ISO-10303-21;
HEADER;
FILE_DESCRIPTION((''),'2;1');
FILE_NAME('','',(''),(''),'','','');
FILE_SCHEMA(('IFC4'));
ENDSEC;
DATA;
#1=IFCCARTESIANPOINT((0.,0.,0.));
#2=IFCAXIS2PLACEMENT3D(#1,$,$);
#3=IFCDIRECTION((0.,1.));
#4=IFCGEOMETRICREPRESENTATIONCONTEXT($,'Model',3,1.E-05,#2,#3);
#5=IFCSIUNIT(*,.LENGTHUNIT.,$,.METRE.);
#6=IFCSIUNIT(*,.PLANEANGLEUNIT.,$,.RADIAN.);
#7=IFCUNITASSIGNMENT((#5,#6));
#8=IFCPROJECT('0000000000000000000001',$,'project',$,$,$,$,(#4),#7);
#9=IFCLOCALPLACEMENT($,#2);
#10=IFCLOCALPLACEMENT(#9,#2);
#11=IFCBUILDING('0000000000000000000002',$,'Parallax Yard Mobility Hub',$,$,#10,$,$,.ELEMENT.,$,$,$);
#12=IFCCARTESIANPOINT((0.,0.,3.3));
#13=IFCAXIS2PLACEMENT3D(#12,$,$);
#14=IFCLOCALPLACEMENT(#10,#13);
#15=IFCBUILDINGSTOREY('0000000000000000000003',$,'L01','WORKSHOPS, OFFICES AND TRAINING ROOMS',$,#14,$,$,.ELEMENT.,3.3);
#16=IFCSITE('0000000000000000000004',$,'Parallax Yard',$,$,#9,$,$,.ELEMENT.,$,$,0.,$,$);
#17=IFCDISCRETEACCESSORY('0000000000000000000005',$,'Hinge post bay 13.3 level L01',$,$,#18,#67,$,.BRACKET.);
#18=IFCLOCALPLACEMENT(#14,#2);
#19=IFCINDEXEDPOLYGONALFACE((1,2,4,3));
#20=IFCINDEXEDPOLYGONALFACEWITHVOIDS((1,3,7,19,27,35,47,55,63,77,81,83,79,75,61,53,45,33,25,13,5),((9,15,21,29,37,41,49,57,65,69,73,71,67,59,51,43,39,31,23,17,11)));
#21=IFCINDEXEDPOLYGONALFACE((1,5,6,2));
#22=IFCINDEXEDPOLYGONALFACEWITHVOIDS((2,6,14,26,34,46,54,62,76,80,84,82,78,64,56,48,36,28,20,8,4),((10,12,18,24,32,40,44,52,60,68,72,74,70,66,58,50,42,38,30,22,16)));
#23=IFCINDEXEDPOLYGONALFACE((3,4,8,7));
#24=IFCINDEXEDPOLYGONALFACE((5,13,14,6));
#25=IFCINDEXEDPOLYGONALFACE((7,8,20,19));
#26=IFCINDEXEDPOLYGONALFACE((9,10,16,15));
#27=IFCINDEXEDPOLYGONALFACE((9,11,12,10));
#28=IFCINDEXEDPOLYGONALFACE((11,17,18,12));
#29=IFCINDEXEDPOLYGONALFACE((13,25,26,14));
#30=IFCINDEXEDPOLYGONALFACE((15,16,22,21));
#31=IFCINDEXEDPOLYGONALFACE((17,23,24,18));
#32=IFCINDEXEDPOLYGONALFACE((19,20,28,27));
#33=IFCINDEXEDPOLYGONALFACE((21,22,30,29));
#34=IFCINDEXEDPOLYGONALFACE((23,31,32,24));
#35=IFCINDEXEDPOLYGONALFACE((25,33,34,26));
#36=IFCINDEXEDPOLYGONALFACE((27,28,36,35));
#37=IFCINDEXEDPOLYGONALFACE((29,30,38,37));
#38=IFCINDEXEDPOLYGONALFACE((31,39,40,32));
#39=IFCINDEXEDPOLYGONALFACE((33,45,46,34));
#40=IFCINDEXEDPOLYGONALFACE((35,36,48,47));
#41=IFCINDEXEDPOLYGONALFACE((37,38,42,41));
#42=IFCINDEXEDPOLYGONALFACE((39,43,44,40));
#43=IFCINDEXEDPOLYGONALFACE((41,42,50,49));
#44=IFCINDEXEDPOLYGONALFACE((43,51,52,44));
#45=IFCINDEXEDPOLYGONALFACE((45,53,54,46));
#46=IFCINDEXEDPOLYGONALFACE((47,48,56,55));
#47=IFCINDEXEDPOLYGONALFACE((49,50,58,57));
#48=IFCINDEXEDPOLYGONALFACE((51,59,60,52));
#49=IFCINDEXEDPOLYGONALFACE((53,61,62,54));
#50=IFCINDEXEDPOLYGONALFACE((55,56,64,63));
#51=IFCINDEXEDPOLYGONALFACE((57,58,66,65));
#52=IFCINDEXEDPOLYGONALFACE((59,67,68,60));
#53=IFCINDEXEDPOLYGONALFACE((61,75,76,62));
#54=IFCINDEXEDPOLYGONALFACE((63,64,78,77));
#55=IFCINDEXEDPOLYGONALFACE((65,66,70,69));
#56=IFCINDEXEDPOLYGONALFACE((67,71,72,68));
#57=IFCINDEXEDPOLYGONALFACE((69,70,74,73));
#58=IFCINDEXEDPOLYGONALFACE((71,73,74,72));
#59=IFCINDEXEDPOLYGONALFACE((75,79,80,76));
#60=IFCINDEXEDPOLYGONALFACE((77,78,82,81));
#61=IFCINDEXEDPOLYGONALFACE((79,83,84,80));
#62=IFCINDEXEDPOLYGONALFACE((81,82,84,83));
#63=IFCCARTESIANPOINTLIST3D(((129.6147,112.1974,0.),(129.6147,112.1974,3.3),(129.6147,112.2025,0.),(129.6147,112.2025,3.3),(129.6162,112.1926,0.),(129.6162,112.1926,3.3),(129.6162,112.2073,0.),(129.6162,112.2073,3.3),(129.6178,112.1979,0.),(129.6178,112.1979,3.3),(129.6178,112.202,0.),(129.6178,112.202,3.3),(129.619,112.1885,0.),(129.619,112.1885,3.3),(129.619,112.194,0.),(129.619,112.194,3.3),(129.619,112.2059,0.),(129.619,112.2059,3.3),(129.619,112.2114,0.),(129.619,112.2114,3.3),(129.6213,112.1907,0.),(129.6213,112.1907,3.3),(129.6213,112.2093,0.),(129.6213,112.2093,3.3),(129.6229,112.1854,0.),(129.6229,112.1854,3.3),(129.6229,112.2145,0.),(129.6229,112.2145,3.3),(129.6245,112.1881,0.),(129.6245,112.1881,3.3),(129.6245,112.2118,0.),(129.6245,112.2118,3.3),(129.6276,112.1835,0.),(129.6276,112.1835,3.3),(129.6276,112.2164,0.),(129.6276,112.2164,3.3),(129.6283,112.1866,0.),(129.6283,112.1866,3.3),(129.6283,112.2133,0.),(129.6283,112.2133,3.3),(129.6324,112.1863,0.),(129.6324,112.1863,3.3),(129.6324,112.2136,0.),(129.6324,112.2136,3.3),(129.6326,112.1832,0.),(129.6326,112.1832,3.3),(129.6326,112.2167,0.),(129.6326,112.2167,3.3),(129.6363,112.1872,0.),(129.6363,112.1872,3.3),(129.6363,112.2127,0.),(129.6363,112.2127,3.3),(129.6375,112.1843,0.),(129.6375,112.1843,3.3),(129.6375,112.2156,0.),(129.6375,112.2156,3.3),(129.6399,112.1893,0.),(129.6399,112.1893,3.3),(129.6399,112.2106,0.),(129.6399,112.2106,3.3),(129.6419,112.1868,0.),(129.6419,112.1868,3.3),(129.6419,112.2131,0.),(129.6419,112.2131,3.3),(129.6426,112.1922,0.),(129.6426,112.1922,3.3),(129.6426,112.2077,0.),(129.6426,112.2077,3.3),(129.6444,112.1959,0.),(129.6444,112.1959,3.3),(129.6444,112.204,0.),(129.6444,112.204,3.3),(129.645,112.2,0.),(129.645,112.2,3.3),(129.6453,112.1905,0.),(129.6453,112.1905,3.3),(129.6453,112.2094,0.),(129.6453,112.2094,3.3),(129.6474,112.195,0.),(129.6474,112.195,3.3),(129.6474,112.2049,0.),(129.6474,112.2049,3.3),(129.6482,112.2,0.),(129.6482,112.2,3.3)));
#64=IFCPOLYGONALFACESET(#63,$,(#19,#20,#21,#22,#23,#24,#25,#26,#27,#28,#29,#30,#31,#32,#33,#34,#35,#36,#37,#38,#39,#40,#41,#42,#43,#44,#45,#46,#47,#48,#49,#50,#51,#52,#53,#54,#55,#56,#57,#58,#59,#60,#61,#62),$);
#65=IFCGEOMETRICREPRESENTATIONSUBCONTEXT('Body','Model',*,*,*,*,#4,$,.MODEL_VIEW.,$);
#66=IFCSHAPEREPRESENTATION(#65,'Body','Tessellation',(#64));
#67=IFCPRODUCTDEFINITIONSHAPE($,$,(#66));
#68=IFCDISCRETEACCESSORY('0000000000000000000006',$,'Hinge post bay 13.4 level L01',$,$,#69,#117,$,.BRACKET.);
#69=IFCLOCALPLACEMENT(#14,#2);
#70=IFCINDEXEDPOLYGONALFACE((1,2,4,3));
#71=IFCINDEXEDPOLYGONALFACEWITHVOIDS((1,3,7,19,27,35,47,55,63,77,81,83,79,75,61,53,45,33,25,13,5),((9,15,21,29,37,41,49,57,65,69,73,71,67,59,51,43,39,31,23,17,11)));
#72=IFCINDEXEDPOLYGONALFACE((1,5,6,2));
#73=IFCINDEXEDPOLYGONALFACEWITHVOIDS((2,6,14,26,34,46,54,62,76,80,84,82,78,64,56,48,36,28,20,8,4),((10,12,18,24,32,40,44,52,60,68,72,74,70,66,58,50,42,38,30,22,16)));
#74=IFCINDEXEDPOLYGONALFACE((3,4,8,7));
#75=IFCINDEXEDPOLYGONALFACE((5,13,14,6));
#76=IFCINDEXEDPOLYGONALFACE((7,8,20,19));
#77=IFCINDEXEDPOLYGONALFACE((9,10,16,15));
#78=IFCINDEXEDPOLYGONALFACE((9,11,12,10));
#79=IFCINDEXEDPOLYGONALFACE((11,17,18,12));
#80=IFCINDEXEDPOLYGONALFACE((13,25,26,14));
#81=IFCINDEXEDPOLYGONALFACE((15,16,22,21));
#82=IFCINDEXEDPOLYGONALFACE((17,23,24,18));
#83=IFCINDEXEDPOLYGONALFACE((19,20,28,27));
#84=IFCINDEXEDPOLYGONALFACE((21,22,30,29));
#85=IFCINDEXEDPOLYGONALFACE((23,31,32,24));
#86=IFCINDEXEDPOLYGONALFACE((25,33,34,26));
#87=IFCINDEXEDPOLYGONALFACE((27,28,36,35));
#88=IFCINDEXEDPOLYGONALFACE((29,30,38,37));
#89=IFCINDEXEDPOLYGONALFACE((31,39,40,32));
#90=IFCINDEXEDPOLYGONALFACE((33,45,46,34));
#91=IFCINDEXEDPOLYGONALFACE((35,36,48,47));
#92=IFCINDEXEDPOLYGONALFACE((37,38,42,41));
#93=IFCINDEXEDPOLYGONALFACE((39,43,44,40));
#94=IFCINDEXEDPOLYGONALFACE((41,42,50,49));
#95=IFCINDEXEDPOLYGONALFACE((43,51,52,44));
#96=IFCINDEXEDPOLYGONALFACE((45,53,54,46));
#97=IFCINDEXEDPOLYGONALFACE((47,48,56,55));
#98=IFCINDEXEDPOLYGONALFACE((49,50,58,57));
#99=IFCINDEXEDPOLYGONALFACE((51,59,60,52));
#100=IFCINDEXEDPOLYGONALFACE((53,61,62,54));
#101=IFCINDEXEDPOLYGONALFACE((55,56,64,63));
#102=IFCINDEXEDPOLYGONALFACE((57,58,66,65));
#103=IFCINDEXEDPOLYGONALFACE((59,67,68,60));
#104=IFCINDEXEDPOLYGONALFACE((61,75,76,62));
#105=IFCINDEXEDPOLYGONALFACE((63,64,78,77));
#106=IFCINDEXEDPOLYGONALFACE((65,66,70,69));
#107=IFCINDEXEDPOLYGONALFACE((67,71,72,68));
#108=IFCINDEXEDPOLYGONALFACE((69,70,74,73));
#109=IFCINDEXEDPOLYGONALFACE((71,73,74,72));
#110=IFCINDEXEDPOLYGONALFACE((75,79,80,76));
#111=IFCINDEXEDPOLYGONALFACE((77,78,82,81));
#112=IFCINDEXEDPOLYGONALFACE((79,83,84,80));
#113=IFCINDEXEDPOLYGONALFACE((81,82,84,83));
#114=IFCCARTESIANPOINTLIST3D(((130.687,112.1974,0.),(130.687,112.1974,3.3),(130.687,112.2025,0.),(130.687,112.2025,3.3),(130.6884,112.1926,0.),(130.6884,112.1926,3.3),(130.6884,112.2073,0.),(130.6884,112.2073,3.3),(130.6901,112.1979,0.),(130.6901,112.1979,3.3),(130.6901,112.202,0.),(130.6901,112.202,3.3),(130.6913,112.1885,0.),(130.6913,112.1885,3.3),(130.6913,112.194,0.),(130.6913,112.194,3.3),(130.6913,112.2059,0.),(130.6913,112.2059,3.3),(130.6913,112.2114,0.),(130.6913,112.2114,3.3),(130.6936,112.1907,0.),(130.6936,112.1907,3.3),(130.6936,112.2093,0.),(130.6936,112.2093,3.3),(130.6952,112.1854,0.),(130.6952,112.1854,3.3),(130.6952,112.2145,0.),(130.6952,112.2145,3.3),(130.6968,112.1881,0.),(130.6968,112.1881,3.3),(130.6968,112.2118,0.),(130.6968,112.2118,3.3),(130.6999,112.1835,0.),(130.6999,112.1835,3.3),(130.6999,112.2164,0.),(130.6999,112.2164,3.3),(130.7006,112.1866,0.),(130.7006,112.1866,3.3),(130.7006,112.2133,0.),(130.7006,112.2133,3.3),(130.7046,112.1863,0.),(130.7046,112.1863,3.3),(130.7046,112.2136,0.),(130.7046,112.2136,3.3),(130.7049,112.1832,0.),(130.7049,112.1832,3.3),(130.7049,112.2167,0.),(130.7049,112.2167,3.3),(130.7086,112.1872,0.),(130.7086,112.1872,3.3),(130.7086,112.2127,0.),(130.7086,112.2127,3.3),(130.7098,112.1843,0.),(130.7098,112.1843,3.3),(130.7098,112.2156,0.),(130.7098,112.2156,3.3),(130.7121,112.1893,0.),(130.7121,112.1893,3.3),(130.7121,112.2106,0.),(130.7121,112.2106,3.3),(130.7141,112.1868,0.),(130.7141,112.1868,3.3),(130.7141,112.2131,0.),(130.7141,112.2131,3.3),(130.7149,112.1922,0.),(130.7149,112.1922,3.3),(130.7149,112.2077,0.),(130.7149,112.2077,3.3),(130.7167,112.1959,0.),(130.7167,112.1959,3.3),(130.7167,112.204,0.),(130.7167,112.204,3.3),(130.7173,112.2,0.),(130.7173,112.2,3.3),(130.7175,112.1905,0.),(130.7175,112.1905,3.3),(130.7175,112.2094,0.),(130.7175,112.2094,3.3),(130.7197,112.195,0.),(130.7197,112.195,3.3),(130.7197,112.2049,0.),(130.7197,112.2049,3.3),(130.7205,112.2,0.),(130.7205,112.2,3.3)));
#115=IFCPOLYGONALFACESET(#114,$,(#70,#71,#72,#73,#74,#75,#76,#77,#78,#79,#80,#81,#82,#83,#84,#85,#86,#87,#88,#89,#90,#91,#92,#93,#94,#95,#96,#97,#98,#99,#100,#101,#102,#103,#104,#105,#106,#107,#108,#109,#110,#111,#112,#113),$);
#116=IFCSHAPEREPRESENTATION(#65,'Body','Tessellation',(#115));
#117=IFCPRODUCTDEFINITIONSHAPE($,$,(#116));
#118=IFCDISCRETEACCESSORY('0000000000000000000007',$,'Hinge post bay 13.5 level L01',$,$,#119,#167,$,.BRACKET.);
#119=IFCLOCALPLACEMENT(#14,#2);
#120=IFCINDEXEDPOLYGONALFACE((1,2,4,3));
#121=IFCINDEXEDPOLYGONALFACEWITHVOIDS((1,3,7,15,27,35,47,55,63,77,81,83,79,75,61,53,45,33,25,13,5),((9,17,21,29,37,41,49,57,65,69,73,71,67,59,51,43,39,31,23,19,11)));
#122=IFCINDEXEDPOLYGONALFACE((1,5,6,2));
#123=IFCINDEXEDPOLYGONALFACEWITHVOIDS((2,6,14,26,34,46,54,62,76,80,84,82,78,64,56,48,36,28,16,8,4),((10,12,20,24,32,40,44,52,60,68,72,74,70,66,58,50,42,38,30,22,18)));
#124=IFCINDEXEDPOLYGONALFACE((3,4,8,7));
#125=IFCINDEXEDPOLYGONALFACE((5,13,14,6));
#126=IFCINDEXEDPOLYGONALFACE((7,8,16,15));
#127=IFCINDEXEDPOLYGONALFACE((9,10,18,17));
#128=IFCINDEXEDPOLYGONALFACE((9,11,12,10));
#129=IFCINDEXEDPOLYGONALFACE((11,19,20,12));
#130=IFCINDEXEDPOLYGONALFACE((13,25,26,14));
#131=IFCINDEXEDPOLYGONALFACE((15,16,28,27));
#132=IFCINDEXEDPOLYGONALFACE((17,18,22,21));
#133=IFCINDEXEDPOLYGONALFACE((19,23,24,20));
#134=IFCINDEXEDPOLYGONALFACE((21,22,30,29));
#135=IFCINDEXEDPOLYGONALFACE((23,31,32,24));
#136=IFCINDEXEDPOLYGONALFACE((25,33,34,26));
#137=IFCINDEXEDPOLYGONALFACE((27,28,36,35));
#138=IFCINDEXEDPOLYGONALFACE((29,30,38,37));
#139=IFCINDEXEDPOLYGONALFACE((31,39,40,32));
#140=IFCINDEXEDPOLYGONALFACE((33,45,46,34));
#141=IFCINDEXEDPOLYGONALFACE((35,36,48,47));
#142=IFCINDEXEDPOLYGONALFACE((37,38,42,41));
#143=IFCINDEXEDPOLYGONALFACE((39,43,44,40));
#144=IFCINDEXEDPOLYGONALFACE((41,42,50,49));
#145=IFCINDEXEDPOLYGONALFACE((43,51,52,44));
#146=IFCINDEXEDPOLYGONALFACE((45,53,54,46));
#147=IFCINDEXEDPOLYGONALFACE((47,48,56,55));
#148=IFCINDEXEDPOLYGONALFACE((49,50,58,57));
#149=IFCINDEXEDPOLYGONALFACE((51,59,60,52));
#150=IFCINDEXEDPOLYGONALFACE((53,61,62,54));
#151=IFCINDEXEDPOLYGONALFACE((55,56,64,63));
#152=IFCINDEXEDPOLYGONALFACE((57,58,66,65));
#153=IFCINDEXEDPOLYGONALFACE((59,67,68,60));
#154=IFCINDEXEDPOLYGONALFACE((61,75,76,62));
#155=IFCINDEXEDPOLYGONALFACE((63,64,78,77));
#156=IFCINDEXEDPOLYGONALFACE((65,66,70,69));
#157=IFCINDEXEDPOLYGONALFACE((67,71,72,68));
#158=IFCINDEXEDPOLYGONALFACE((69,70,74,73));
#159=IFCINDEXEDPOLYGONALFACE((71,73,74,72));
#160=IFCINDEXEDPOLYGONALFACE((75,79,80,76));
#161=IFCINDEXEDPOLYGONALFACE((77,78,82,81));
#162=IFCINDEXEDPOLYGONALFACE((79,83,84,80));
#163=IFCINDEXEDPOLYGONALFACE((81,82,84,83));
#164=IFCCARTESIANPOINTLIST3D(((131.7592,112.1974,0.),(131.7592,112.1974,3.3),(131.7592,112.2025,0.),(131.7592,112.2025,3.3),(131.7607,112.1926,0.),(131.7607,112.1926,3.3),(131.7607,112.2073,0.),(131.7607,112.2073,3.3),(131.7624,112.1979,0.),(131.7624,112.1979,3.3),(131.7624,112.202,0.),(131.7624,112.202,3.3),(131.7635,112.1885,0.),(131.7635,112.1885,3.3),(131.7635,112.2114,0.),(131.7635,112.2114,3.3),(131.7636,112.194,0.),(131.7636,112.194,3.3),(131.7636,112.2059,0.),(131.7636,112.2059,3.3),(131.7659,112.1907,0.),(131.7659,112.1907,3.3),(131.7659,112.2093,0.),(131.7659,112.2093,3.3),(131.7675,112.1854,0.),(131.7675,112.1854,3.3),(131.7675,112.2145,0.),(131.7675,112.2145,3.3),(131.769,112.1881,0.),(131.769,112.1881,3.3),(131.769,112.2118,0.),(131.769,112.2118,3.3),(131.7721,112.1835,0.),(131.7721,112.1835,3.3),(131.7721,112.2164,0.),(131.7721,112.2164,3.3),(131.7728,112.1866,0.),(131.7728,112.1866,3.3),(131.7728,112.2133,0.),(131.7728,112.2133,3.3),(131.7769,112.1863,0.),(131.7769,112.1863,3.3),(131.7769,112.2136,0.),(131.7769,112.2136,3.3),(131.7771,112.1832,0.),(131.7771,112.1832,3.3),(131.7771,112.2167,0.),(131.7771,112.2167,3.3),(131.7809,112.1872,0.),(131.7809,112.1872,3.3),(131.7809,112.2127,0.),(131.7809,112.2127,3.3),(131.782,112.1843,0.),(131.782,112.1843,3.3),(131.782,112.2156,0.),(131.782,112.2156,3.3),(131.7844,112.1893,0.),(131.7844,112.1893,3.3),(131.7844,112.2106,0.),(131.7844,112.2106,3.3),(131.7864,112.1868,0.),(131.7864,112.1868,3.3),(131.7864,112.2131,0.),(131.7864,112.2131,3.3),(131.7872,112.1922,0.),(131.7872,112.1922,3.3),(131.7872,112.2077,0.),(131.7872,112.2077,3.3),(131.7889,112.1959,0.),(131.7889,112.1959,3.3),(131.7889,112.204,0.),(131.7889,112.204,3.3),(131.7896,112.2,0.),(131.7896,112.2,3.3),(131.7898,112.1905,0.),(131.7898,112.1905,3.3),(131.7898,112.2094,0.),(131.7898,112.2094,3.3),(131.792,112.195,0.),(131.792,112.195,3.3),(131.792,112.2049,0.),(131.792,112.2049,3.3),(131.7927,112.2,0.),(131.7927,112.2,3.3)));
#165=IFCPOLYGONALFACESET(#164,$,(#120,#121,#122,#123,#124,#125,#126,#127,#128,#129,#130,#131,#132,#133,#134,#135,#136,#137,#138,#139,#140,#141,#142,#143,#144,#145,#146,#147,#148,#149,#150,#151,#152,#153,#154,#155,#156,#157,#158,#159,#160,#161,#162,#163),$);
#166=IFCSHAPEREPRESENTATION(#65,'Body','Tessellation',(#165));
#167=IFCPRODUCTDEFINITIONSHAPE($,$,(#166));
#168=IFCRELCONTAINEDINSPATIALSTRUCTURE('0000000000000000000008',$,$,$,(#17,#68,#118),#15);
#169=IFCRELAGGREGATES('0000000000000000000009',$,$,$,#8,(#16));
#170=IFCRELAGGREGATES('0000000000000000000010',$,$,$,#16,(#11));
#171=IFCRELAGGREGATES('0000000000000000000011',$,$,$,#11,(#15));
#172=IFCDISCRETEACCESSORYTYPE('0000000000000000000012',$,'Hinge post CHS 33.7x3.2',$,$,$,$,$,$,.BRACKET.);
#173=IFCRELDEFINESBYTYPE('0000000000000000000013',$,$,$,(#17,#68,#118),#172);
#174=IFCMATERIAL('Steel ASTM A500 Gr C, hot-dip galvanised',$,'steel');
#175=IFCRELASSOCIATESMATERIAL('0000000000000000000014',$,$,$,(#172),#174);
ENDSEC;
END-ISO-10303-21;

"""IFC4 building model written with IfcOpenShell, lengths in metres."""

from ifc_helpers import new_model, si_unit, direction, frame, origin, origin_2d, place, context, subcontext, project, spatial, hollow_circle, extrude, material, material_profile, profile_set, type_object, element, save


model = new_model("IFC4")

# Units and contexts
model_context = context("Model", 3, precision=1e-05, world=origin(), true_north=direction((0.0, 1.0)))
body_context = subcontext(model_context, "Body", "Model", "MODEL_VIEW")
ifc_project = project(units=[si_unit("LENGTHUNIT", "METRE"), si_unit("PLANEANGLEUNIT", "RADIAN")], contexts=[model_context])

# Site, building, storey
site_placement = place(None, origin())
site = spatial("IfcSite", under=ifc_project, at=site_placement, Name="Parallax Yard", CompositionType="ELEMENT", RefElevation=0.0)
building_placement = place(site_placement, origin())
building = spatial("IfcBuilding", under=site, at=building_placement, Name="Parallax Yard Mobility Hub", CompositionType="ELEMENT")
storey_placement = place(building_placement, frame((0.0, 0.0, 3.3)))
storey = spatial("IfcBuildingStorey", under=building, at=storey_placement, Name="L01", Description="WORKSHOPS, OFFICES AND TRAINING ROOMS", CompositionType="ELEMENT", Elevation=3.3)

# Discrete accessories
ifc_material_1 = material(Name="Steel ASTM A500 Gr C, hot-dip galvanised", Category="steel")
ifc_material_profile_1 = material_profile(ifc_material_1, hollow_circle(Radius=0.0168, WallThickness=0.0032, at=origin_2d()), Name="CHS 33.7x3.2")
ifc_profile_set_1 = profile_set([ifc_material_profile_1], Name="Steel ASTM A500 Gr C, hot-dip galvanised")
discrete_accessory_type_1 = type_object("IfcDiscreteAccessoryType", Name="Hinge post CHS 33.7x3.2", PredefinedType="BRACKET", material=ifc_profile_set_1)
for number, where, z_axis, x_axis, name in (
    (1, (129.6313, 112.2, 0.0), (0.0, 0.0, 1.0), (1.0, 0.0, 0.0), "Hinge post bay 13.3 level L01"),
    (2, (130.7036, 112.2, 0.0), (0.0, 0.0, 1.0), (1.0, 0.0, 0.0), "Hinge post bay 13.4 level L01"),
    (3, (131.7759, 112.2, 0.0), (0.0, 0.0, 1.0), (1.0, 0.0, 0.0), "Hinge post bay 13.5 level L01"),
):
    element("IfcDiscreteAccessory", number, at=place(storey_placement, frame(where, z_axis=z_axis, x_axis=x_axis)), inside=storey, type_object=discrete_accessory_type_1, Name=name, PredefinedType="BRACKET", context=body_context, shape_type="SweptSolid", body=[
        extrude(hollow_circle(Radius=0.0168, WallThickness=0.0032, at=origin_2d()), origin(), (0.0, 0.0, 1.0), 3.3),
    ])

save(model, "model.ifc")
